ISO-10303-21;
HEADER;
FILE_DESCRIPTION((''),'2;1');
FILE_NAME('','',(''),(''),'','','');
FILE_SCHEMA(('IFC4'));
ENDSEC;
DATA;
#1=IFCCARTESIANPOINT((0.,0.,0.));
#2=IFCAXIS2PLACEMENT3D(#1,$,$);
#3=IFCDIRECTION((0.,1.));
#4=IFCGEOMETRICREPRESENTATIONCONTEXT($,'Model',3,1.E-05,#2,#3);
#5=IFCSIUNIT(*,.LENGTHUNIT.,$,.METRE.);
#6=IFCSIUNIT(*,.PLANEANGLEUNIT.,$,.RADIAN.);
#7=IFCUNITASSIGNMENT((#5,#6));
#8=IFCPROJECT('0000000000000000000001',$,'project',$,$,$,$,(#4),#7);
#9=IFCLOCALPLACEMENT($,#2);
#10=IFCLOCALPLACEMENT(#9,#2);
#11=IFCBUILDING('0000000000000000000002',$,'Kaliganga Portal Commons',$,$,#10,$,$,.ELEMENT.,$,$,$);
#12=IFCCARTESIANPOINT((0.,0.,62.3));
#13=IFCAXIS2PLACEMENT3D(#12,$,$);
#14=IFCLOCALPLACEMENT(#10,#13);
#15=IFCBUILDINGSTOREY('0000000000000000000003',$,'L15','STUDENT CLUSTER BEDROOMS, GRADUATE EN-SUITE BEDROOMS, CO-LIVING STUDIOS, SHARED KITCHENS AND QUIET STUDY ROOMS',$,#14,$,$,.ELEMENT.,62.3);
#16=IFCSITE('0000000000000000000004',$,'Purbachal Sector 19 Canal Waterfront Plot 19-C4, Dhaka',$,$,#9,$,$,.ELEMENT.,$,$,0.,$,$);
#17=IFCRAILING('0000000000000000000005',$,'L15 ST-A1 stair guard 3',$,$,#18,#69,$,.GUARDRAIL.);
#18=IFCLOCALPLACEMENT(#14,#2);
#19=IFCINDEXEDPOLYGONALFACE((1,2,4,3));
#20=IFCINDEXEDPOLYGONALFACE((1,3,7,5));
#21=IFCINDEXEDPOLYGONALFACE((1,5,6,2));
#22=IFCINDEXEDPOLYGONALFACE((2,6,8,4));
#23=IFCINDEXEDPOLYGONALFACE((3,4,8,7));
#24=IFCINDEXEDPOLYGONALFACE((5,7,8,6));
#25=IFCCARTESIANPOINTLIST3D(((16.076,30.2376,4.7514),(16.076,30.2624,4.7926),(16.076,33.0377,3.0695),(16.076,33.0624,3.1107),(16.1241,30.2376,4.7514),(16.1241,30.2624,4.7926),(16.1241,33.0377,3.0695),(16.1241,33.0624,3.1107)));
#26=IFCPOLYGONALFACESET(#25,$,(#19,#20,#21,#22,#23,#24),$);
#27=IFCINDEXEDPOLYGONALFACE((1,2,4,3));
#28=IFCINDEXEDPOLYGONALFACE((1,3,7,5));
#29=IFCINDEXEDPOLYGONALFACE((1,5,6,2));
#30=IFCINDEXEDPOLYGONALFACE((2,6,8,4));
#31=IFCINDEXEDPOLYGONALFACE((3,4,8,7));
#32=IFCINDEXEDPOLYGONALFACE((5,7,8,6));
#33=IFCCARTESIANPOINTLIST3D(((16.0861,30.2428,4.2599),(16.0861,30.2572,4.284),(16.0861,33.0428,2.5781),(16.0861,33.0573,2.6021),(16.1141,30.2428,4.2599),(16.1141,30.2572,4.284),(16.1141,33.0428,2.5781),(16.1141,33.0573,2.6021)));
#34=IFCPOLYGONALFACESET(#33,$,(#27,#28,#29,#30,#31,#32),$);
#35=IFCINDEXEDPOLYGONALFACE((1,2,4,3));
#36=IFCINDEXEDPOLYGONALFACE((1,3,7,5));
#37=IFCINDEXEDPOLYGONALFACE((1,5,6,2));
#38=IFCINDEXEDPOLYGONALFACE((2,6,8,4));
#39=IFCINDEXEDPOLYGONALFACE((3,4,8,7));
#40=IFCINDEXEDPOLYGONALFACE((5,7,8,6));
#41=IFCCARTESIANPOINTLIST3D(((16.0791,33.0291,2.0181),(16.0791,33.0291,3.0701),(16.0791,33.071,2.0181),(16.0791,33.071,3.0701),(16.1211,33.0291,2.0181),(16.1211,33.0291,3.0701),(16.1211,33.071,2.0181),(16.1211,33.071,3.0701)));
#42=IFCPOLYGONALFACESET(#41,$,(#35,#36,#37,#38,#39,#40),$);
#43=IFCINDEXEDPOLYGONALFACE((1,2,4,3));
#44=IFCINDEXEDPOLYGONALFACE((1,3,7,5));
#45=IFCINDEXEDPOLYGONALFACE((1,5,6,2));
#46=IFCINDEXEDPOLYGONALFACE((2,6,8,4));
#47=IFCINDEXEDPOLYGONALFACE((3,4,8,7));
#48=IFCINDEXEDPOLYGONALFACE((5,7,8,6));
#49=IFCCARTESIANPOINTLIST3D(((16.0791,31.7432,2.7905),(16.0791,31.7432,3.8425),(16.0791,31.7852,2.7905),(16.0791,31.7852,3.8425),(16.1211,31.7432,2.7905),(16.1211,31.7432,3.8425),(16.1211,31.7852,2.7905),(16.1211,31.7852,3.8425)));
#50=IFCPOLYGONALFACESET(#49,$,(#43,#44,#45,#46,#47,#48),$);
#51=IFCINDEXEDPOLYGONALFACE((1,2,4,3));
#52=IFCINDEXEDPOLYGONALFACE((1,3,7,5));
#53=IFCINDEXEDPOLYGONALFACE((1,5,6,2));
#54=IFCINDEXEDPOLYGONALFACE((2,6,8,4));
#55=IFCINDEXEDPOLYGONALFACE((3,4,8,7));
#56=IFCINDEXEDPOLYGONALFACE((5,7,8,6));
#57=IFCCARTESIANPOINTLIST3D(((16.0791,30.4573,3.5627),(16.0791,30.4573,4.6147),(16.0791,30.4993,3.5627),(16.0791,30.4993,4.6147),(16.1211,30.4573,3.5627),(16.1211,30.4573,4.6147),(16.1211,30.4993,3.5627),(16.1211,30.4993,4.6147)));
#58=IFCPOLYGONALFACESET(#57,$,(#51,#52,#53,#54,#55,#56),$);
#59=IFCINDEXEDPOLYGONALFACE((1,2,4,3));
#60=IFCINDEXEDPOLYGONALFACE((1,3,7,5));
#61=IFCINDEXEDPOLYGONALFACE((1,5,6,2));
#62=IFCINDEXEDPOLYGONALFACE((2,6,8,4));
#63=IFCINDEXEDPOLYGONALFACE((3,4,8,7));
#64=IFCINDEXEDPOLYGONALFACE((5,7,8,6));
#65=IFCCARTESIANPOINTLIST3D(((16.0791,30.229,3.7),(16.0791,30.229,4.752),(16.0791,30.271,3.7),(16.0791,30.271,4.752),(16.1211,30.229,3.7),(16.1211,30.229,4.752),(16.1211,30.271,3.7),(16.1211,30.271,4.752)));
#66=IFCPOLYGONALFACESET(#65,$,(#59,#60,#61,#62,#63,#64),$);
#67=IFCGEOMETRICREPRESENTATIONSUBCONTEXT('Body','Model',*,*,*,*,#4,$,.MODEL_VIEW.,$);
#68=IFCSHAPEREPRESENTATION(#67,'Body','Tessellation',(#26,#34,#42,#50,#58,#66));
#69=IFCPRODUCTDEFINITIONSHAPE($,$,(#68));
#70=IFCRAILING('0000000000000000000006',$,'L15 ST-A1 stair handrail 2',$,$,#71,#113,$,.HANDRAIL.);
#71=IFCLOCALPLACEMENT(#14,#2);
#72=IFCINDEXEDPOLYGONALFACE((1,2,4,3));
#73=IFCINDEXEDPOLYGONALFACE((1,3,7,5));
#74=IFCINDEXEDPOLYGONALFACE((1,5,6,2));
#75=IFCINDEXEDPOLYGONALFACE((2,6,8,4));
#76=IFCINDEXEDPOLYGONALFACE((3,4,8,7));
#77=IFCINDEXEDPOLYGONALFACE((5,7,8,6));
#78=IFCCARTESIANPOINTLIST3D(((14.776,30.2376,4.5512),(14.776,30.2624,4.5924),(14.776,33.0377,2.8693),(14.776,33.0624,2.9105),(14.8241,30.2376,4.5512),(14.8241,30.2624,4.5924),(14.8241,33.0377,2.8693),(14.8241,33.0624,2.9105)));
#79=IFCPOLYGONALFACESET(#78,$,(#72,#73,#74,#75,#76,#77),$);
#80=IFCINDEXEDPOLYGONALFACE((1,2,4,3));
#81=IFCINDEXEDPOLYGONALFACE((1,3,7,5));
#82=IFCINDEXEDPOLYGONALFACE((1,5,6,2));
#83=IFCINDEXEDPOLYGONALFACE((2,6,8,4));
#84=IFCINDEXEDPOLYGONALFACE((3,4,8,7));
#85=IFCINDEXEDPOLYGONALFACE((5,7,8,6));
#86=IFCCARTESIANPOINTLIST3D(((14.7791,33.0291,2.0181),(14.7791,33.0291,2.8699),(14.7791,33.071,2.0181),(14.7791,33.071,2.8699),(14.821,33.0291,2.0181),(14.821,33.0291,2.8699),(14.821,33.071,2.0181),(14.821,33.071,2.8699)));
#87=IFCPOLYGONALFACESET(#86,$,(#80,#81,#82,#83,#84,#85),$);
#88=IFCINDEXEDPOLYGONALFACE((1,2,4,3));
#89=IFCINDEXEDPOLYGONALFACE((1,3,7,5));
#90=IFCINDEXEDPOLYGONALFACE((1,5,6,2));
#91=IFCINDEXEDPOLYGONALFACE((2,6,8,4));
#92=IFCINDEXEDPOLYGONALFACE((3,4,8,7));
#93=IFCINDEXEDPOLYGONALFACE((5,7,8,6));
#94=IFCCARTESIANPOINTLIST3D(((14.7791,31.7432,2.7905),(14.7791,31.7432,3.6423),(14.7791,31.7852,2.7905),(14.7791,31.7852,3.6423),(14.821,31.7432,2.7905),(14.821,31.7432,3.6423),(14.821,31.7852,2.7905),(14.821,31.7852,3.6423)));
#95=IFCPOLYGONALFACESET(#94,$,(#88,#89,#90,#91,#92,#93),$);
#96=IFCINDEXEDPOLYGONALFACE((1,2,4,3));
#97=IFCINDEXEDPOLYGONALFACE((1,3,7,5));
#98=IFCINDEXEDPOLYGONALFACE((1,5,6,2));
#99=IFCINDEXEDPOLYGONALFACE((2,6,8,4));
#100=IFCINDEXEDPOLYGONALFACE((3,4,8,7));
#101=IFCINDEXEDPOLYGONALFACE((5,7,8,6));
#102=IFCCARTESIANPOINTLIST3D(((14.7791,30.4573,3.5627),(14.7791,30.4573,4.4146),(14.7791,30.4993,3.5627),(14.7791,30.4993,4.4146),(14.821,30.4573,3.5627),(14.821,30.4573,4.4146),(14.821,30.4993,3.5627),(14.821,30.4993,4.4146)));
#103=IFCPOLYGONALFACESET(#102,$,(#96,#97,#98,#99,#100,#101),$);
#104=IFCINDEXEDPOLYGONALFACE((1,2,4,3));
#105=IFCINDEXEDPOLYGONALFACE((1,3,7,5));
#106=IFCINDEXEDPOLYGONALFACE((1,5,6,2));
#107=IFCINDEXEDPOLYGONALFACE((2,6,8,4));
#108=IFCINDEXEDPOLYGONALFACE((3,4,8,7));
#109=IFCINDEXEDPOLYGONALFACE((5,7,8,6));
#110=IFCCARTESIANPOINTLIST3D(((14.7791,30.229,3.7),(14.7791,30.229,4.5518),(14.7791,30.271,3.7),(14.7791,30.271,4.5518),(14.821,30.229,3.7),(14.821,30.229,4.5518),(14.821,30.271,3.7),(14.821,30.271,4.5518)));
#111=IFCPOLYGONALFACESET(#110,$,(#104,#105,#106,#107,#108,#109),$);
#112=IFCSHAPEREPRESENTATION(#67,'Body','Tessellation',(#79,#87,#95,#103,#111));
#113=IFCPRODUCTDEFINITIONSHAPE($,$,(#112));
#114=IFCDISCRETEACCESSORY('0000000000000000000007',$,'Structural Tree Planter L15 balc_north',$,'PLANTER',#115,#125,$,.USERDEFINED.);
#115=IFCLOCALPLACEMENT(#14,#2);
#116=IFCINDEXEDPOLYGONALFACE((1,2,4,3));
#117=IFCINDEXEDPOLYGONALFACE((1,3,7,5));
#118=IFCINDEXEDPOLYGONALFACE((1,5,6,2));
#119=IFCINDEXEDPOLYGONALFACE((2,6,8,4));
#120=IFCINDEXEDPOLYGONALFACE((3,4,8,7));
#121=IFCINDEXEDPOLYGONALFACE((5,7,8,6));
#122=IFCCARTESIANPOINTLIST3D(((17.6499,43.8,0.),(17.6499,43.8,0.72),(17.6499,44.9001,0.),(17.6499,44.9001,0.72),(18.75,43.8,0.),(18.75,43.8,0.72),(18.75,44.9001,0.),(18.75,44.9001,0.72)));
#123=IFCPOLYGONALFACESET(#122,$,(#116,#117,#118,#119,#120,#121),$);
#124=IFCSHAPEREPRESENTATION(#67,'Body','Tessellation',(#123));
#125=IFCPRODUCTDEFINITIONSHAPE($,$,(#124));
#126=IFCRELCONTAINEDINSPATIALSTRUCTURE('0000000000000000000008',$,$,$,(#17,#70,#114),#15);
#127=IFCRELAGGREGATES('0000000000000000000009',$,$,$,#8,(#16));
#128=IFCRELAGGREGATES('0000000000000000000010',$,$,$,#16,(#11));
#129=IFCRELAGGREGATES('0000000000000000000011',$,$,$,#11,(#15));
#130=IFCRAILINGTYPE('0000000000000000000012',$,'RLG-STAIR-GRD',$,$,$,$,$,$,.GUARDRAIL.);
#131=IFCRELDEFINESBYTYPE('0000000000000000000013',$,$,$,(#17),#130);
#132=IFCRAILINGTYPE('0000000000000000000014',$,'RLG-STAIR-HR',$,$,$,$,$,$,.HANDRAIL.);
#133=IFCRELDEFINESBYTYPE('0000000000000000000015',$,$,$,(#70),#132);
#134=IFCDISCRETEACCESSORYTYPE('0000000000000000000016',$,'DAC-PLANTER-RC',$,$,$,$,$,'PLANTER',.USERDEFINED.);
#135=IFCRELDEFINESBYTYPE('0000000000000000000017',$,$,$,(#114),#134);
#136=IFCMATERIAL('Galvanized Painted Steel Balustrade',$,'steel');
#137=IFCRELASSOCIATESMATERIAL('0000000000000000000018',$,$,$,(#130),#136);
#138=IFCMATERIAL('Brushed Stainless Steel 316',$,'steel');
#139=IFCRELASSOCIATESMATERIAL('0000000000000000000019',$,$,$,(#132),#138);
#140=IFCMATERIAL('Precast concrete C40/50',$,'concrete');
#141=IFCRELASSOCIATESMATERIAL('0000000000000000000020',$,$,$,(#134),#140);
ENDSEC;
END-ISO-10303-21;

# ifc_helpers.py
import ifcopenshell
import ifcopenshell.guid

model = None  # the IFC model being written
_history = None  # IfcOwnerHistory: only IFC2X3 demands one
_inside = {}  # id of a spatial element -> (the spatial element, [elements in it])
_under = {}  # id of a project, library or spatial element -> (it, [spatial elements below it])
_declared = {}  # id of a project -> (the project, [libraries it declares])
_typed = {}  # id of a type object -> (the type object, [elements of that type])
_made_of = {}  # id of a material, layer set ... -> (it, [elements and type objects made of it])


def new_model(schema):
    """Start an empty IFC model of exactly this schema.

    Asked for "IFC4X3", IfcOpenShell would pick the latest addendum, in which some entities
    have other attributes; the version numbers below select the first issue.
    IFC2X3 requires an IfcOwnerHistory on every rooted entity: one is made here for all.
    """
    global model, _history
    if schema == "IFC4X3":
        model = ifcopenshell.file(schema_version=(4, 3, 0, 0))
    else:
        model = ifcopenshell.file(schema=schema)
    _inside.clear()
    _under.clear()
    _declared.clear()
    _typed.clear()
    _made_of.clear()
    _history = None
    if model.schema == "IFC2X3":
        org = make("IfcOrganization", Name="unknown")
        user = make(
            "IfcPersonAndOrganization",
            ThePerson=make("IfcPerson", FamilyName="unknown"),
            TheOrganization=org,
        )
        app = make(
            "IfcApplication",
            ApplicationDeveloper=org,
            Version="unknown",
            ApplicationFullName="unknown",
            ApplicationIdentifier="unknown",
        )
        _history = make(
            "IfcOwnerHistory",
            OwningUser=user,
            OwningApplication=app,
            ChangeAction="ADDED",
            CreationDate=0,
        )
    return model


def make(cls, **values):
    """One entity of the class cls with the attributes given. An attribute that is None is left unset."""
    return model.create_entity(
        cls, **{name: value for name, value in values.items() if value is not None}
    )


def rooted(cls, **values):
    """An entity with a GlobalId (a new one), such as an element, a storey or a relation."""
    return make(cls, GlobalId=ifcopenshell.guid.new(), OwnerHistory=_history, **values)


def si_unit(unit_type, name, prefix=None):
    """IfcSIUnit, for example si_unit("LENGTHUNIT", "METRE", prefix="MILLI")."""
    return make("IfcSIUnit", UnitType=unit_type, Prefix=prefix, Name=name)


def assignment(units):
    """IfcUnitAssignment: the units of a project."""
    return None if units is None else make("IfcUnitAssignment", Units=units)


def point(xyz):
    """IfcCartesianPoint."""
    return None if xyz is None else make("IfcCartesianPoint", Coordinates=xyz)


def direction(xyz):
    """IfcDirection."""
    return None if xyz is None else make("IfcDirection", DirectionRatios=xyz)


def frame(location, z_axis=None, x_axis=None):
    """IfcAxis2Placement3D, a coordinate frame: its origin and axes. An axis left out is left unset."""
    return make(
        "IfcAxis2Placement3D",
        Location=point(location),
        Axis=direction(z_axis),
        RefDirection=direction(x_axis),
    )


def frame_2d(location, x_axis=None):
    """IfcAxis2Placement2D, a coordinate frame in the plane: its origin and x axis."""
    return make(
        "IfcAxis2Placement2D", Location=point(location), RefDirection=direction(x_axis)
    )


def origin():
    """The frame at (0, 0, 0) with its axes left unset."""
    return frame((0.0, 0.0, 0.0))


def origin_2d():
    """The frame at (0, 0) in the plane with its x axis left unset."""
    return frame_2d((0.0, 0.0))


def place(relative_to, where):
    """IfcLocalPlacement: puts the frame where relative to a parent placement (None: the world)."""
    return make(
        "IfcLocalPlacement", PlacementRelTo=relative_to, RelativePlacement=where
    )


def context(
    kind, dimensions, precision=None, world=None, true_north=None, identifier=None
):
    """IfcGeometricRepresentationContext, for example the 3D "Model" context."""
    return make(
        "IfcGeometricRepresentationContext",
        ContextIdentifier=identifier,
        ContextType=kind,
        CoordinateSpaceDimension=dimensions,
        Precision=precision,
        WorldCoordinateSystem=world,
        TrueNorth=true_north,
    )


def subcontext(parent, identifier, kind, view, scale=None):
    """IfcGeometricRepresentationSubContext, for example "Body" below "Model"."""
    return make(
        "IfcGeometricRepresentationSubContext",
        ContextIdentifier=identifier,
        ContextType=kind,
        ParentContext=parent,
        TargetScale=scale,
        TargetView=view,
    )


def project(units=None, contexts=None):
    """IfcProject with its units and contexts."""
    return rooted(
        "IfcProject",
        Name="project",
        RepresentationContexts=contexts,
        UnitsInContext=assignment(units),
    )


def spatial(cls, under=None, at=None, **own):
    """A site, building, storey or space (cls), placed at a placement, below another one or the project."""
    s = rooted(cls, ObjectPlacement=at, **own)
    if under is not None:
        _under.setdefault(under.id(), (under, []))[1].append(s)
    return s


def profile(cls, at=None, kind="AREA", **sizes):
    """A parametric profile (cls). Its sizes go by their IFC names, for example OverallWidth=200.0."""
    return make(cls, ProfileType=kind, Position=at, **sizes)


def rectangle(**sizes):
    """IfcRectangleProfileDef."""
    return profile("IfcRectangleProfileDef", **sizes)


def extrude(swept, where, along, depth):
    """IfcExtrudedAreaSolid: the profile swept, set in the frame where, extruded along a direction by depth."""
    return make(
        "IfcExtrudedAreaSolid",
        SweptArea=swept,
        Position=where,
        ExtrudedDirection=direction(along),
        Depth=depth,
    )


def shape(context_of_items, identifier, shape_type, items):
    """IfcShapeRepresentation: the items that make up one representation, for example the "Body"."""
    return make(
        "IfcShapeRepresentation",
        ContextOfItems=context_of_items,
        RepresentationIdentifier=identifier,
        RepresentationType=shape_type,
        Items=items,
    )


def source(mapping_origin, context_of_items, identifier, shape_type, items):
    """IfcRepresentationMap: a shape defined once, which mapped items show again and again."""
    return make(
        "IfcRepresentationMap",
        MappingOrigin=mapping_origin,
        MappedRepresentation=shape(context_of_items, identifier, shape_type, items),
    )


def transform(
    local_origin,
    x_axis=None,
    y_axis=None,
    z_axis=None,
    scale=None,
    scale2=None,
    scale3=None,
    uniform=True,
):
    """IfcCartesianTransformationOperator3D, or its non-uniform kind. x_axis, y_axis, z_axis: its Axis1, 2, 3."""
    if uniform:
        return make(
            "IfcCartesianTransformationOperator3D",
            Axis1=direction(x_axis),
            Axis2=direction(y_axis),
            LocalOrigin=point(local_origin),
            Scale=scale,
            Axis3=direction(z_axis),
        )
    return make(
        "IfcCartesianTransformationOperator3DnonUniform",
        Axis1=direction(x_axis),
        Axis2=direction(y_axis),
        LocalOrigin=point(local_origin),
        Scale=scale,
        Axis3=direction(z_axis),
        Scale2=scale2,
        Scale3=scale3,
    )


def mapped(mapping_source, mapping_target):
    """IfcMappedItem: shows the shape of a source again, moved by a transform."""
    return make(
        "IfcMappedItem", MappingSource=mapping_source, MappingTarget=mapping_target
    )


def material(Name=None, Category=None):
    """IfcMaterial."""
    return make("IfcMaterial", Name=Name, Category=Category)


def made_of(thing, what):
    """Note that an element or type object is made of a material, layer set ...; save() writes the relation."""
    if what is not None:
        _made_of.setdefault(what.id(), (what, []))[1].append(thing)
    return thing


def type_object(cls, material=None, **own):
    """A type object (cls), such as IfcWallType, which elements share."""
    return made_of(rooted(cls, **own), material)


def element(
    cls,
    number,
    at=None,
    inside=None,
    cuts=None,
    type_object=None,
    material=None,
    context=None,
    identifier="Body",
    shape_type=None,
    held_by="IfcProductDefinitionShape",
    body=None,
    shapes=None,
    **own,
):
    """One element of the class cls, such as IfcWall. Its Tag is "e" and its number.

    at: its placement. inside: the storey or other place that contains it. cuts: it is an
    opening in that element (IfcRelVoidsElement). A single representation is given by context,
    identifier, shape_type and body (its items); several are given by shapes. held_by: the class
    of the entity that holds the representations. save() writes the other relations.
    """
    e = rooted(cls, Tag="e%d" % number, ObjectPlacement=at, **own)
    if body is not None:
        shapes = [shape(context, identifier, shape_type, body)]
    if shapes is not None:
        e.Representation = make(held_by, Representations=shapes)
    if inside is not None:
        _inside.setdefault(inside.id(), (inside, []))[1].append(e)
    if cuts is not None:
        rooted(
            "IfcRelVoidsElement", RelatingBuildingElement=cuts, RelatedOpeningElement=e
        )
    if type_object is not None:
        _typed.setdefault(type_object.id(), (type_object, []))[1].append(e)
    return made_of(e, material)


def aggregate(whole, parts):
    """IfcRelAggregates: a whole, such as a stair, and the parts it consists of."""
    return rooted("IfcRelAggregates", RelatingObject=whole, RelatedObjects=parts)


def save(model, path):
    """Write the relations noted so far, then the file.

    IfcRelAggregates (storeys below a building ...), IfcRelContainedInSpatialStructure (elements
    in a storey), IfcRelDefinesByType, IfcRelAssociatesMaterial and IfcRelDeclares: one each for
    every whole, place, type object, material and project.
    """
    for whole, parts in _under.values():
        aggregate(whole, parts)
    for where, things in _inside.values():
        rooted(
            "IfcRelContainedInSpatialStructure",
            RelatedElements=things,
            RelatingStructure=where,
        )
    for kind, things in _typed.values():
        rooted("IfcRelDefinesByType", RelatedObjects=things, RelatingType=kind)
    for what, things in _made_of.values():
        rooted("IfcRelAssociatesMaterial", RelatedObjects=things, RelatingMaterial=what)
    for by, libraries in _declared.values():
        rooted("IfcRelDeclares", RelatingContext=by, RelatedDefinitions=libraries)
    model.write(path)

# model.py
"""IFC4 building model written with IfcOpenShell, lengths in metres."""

from ifc_helpers import new_model, si_unit, direction, frame, origin, origin_2d, place, context, subcontext, project, spatial, rectangle, extrude, source, transform, mapped, material, type_object, element, save


model = new_model("IFC4")

# Units and contexts
model_context = context("Model", 3, precision=1e-05, world=origin(), true_north=direction((0.0, 1.0)))
body_context = subcontext(model_context, "Body", "Model", "MODEL_VIEW")
ifc_project = project(units=[si_unit("LENGTHUNIT", "METRE"), si_unit("PLANEANGLEUNIT", "RADIAN")], contexts=[model_context])

# Site, building, storey
site_placement = place(None, origin())
site = spatial("IfcSite", under=ifc_project, at=site_placement, Name="Purbachal Sector 19 Canal Waterfront Plot 19-C4, Dhaka", CompositionType="ELEMENT", RefElevation=0.0)
building_placement = place(site_placement, origin())
building = spatial("IfcBuilding", under=site, at=building_placement, Name="Kaliganga Portal Commons", CompositionType="ELEMENT")
storey_placement = place(building_placement, frame((0.0, 0.0, 62.3)))
storey = spatial("IfcBuildingStorey", under=building, at=storey_placement, Name="L15", Description="STUDENT CLUSTER BEDROOMS, GRADUATE EN-SUITE BEDROOMS, CO-LIVING STUDIOS, SHARED KITCHENS AND QUIET STUDY ROOMS", CompositionType="ELEMENT", Elevation=62.3)

# Railings
ifc_material_1 = material(Name="Galvanized Painted Steel Balustrade", Category="steel")
railing_type_1 = type_object("IfcRailingType", Name="RLG-STAIR-GRD", PredefinedType="GUARDRAIL", material=ifc_material_1)
railing_1_placement = place(storey_placement, frame((16.1001, 33.05, 2.0181)))
element("IfcRailing", 1, at=railing_1_placement, inside=storey, type_object=railing_type_1, Name="L15 ST-A1 stair guard 3", PredefinedType="GUARDRAIL", context=body_context, shape_type="SweptSolid", body=[
    extrude(rectangle(XDim=0.0481, YDim=0.0481, at=origin_2d()), frame((0.0, 0.0, 1.072), z_axis=(0.0, -0.857242, 0.514913), x_axis=(1.0, 0.0, 0.0)), (0.0, 0.0, 1.0), 3.2664),
    extrude(rectangle(XDim=0.0281, YDim=0.0281, at=origin_2d()), frame((0.0, 0.0, 0.572), z_axis=(0.0, -0.857242, 0.514913), x_axis=(1.0, 0.0, 0.0)), (0.0, 0.0, 1.0), 3.2664),
    extrude(rectangle(XDim=0.042, YDim=0.042, at=origin_2d()), origin(), (0.0, 0.0, 1.0), 1.052),
    extrude(rectangle(XDim=0.042, YDim=0.042, at=origin_2d()), frame((0.0, -1.2859, 0.7725)), (0.0, 0.0, 1.0), 1.052),
    extrude(rectangle(XDim=0.042, YDim=0.042, at=origin_2d()), frame((0.0, -2.5718, 1.5447)), (0.0, 0.0, 1.0), 1.052),
    extrude(rectangle(XDim=0.042, YDim=0.042, at=origin_2d()), frame((0.0, -2.8, 1.6819)), (0.0, 0.0, 1.0), 1.052),
])
ifc_material_2 = material(Name="Brushed Stainless Steel 316", Category="steel")
railing_type_2 = type_object("IfcRailingType", Name="RLG-STAIR-HR", PredefinedType="HANDRAIL", material=ifc_material_2)
railing_2_placement = place(storey_placement, frame((14.8, 33.05, 2.0181)))
element("IfcRailing", 2, at=railing_2_placement, inside=storey, type_object=railing_type_2, Name="L15 ST-A1 stair handrail 2", PredefinedType="HANDRAIL", context=body_context, shape_type="SweptSolid", body=[
    extrude(rectangle(XDim=0.0481, YDim=0.0481, at=origin_2d()), frame((0.0, 0.0, 0.8718), z_axis=(0.0, -0.857242, 0.514913), x_axis=(1.0, 0.0, 0.0)), (0.0, 0.0, 1.0), 3.2664),
    extrude(rectangle(XDim=0.042, YDim=0.042, at=origin_2d()), origin(), (0.0, 0.0, 1.0), 0.8518),
    extrude(rectangle(XDim=0.042, YDim=0.042, at=origin_2d()), frame((0.0, -1.2859, 0.7725)), (0.0, 0.0, 1.0), 0.8518),
    extrude(rectangle(XDim=0.042, YDim=0.042, at=origin_2d()), frame((0.0, -2.5718, 1.5447)), (0.0, 0.0, 1.0), 0.8518),
    extrude(rectangle(XDim=0.042, YDim=0.042, at=origin_2d()), frame((0.0, -2.8, 1.6819)), (0.0, 0.0, 1.0), 0.8518),
])

# Discrete accessory
ifc_material_3 = material(Name="Precast concrete C40/50", Category="concrete")
discrete_accessory_type = type_object("IfcDiscreteAccessoryType", Name="DAC-PLANTER-RC", ElementType="PLANTER", PredefinedType="USERDEFINED", material=ifc_material_3)
shared_shape_1 = source(origin(), body_context, "Body", "SweptSolid", [
    extrude(rectangle(XDim=1.1001, YDim=1.1001, at=origin_2d()), origin(), (0.0, 0.0, 1.0), 0.72),
])
discrete_accessory_placement = place(storey_placement, frame((18.2, 44.3501, 0.0), z_axis=(0.0, 0.0, 1.0), x_axis=(1.0, 0.0, 0.0)))
element("IfcDiscreteAccessory", 3, at=discrete_accessory_placement, inside=storey, type_object=discrete_accessory_type, Name="Structural Tree Planter L15 balc_north", ObjectType="PLANTER", PredefinedType="USERDEFINED", context=body_context, shape_type="MappedRepresentation", body=[
    mapped(shared_shape_1, transform((0.0, 0.0, 0.0), x_axis=(1.0, 0.0, 0.0), y_axis=(0.0, 1.0, 0.0), z_axis=(0.0, 0.0, 1.0), scale=1.0)),
])

save(model, "model.ifc")
